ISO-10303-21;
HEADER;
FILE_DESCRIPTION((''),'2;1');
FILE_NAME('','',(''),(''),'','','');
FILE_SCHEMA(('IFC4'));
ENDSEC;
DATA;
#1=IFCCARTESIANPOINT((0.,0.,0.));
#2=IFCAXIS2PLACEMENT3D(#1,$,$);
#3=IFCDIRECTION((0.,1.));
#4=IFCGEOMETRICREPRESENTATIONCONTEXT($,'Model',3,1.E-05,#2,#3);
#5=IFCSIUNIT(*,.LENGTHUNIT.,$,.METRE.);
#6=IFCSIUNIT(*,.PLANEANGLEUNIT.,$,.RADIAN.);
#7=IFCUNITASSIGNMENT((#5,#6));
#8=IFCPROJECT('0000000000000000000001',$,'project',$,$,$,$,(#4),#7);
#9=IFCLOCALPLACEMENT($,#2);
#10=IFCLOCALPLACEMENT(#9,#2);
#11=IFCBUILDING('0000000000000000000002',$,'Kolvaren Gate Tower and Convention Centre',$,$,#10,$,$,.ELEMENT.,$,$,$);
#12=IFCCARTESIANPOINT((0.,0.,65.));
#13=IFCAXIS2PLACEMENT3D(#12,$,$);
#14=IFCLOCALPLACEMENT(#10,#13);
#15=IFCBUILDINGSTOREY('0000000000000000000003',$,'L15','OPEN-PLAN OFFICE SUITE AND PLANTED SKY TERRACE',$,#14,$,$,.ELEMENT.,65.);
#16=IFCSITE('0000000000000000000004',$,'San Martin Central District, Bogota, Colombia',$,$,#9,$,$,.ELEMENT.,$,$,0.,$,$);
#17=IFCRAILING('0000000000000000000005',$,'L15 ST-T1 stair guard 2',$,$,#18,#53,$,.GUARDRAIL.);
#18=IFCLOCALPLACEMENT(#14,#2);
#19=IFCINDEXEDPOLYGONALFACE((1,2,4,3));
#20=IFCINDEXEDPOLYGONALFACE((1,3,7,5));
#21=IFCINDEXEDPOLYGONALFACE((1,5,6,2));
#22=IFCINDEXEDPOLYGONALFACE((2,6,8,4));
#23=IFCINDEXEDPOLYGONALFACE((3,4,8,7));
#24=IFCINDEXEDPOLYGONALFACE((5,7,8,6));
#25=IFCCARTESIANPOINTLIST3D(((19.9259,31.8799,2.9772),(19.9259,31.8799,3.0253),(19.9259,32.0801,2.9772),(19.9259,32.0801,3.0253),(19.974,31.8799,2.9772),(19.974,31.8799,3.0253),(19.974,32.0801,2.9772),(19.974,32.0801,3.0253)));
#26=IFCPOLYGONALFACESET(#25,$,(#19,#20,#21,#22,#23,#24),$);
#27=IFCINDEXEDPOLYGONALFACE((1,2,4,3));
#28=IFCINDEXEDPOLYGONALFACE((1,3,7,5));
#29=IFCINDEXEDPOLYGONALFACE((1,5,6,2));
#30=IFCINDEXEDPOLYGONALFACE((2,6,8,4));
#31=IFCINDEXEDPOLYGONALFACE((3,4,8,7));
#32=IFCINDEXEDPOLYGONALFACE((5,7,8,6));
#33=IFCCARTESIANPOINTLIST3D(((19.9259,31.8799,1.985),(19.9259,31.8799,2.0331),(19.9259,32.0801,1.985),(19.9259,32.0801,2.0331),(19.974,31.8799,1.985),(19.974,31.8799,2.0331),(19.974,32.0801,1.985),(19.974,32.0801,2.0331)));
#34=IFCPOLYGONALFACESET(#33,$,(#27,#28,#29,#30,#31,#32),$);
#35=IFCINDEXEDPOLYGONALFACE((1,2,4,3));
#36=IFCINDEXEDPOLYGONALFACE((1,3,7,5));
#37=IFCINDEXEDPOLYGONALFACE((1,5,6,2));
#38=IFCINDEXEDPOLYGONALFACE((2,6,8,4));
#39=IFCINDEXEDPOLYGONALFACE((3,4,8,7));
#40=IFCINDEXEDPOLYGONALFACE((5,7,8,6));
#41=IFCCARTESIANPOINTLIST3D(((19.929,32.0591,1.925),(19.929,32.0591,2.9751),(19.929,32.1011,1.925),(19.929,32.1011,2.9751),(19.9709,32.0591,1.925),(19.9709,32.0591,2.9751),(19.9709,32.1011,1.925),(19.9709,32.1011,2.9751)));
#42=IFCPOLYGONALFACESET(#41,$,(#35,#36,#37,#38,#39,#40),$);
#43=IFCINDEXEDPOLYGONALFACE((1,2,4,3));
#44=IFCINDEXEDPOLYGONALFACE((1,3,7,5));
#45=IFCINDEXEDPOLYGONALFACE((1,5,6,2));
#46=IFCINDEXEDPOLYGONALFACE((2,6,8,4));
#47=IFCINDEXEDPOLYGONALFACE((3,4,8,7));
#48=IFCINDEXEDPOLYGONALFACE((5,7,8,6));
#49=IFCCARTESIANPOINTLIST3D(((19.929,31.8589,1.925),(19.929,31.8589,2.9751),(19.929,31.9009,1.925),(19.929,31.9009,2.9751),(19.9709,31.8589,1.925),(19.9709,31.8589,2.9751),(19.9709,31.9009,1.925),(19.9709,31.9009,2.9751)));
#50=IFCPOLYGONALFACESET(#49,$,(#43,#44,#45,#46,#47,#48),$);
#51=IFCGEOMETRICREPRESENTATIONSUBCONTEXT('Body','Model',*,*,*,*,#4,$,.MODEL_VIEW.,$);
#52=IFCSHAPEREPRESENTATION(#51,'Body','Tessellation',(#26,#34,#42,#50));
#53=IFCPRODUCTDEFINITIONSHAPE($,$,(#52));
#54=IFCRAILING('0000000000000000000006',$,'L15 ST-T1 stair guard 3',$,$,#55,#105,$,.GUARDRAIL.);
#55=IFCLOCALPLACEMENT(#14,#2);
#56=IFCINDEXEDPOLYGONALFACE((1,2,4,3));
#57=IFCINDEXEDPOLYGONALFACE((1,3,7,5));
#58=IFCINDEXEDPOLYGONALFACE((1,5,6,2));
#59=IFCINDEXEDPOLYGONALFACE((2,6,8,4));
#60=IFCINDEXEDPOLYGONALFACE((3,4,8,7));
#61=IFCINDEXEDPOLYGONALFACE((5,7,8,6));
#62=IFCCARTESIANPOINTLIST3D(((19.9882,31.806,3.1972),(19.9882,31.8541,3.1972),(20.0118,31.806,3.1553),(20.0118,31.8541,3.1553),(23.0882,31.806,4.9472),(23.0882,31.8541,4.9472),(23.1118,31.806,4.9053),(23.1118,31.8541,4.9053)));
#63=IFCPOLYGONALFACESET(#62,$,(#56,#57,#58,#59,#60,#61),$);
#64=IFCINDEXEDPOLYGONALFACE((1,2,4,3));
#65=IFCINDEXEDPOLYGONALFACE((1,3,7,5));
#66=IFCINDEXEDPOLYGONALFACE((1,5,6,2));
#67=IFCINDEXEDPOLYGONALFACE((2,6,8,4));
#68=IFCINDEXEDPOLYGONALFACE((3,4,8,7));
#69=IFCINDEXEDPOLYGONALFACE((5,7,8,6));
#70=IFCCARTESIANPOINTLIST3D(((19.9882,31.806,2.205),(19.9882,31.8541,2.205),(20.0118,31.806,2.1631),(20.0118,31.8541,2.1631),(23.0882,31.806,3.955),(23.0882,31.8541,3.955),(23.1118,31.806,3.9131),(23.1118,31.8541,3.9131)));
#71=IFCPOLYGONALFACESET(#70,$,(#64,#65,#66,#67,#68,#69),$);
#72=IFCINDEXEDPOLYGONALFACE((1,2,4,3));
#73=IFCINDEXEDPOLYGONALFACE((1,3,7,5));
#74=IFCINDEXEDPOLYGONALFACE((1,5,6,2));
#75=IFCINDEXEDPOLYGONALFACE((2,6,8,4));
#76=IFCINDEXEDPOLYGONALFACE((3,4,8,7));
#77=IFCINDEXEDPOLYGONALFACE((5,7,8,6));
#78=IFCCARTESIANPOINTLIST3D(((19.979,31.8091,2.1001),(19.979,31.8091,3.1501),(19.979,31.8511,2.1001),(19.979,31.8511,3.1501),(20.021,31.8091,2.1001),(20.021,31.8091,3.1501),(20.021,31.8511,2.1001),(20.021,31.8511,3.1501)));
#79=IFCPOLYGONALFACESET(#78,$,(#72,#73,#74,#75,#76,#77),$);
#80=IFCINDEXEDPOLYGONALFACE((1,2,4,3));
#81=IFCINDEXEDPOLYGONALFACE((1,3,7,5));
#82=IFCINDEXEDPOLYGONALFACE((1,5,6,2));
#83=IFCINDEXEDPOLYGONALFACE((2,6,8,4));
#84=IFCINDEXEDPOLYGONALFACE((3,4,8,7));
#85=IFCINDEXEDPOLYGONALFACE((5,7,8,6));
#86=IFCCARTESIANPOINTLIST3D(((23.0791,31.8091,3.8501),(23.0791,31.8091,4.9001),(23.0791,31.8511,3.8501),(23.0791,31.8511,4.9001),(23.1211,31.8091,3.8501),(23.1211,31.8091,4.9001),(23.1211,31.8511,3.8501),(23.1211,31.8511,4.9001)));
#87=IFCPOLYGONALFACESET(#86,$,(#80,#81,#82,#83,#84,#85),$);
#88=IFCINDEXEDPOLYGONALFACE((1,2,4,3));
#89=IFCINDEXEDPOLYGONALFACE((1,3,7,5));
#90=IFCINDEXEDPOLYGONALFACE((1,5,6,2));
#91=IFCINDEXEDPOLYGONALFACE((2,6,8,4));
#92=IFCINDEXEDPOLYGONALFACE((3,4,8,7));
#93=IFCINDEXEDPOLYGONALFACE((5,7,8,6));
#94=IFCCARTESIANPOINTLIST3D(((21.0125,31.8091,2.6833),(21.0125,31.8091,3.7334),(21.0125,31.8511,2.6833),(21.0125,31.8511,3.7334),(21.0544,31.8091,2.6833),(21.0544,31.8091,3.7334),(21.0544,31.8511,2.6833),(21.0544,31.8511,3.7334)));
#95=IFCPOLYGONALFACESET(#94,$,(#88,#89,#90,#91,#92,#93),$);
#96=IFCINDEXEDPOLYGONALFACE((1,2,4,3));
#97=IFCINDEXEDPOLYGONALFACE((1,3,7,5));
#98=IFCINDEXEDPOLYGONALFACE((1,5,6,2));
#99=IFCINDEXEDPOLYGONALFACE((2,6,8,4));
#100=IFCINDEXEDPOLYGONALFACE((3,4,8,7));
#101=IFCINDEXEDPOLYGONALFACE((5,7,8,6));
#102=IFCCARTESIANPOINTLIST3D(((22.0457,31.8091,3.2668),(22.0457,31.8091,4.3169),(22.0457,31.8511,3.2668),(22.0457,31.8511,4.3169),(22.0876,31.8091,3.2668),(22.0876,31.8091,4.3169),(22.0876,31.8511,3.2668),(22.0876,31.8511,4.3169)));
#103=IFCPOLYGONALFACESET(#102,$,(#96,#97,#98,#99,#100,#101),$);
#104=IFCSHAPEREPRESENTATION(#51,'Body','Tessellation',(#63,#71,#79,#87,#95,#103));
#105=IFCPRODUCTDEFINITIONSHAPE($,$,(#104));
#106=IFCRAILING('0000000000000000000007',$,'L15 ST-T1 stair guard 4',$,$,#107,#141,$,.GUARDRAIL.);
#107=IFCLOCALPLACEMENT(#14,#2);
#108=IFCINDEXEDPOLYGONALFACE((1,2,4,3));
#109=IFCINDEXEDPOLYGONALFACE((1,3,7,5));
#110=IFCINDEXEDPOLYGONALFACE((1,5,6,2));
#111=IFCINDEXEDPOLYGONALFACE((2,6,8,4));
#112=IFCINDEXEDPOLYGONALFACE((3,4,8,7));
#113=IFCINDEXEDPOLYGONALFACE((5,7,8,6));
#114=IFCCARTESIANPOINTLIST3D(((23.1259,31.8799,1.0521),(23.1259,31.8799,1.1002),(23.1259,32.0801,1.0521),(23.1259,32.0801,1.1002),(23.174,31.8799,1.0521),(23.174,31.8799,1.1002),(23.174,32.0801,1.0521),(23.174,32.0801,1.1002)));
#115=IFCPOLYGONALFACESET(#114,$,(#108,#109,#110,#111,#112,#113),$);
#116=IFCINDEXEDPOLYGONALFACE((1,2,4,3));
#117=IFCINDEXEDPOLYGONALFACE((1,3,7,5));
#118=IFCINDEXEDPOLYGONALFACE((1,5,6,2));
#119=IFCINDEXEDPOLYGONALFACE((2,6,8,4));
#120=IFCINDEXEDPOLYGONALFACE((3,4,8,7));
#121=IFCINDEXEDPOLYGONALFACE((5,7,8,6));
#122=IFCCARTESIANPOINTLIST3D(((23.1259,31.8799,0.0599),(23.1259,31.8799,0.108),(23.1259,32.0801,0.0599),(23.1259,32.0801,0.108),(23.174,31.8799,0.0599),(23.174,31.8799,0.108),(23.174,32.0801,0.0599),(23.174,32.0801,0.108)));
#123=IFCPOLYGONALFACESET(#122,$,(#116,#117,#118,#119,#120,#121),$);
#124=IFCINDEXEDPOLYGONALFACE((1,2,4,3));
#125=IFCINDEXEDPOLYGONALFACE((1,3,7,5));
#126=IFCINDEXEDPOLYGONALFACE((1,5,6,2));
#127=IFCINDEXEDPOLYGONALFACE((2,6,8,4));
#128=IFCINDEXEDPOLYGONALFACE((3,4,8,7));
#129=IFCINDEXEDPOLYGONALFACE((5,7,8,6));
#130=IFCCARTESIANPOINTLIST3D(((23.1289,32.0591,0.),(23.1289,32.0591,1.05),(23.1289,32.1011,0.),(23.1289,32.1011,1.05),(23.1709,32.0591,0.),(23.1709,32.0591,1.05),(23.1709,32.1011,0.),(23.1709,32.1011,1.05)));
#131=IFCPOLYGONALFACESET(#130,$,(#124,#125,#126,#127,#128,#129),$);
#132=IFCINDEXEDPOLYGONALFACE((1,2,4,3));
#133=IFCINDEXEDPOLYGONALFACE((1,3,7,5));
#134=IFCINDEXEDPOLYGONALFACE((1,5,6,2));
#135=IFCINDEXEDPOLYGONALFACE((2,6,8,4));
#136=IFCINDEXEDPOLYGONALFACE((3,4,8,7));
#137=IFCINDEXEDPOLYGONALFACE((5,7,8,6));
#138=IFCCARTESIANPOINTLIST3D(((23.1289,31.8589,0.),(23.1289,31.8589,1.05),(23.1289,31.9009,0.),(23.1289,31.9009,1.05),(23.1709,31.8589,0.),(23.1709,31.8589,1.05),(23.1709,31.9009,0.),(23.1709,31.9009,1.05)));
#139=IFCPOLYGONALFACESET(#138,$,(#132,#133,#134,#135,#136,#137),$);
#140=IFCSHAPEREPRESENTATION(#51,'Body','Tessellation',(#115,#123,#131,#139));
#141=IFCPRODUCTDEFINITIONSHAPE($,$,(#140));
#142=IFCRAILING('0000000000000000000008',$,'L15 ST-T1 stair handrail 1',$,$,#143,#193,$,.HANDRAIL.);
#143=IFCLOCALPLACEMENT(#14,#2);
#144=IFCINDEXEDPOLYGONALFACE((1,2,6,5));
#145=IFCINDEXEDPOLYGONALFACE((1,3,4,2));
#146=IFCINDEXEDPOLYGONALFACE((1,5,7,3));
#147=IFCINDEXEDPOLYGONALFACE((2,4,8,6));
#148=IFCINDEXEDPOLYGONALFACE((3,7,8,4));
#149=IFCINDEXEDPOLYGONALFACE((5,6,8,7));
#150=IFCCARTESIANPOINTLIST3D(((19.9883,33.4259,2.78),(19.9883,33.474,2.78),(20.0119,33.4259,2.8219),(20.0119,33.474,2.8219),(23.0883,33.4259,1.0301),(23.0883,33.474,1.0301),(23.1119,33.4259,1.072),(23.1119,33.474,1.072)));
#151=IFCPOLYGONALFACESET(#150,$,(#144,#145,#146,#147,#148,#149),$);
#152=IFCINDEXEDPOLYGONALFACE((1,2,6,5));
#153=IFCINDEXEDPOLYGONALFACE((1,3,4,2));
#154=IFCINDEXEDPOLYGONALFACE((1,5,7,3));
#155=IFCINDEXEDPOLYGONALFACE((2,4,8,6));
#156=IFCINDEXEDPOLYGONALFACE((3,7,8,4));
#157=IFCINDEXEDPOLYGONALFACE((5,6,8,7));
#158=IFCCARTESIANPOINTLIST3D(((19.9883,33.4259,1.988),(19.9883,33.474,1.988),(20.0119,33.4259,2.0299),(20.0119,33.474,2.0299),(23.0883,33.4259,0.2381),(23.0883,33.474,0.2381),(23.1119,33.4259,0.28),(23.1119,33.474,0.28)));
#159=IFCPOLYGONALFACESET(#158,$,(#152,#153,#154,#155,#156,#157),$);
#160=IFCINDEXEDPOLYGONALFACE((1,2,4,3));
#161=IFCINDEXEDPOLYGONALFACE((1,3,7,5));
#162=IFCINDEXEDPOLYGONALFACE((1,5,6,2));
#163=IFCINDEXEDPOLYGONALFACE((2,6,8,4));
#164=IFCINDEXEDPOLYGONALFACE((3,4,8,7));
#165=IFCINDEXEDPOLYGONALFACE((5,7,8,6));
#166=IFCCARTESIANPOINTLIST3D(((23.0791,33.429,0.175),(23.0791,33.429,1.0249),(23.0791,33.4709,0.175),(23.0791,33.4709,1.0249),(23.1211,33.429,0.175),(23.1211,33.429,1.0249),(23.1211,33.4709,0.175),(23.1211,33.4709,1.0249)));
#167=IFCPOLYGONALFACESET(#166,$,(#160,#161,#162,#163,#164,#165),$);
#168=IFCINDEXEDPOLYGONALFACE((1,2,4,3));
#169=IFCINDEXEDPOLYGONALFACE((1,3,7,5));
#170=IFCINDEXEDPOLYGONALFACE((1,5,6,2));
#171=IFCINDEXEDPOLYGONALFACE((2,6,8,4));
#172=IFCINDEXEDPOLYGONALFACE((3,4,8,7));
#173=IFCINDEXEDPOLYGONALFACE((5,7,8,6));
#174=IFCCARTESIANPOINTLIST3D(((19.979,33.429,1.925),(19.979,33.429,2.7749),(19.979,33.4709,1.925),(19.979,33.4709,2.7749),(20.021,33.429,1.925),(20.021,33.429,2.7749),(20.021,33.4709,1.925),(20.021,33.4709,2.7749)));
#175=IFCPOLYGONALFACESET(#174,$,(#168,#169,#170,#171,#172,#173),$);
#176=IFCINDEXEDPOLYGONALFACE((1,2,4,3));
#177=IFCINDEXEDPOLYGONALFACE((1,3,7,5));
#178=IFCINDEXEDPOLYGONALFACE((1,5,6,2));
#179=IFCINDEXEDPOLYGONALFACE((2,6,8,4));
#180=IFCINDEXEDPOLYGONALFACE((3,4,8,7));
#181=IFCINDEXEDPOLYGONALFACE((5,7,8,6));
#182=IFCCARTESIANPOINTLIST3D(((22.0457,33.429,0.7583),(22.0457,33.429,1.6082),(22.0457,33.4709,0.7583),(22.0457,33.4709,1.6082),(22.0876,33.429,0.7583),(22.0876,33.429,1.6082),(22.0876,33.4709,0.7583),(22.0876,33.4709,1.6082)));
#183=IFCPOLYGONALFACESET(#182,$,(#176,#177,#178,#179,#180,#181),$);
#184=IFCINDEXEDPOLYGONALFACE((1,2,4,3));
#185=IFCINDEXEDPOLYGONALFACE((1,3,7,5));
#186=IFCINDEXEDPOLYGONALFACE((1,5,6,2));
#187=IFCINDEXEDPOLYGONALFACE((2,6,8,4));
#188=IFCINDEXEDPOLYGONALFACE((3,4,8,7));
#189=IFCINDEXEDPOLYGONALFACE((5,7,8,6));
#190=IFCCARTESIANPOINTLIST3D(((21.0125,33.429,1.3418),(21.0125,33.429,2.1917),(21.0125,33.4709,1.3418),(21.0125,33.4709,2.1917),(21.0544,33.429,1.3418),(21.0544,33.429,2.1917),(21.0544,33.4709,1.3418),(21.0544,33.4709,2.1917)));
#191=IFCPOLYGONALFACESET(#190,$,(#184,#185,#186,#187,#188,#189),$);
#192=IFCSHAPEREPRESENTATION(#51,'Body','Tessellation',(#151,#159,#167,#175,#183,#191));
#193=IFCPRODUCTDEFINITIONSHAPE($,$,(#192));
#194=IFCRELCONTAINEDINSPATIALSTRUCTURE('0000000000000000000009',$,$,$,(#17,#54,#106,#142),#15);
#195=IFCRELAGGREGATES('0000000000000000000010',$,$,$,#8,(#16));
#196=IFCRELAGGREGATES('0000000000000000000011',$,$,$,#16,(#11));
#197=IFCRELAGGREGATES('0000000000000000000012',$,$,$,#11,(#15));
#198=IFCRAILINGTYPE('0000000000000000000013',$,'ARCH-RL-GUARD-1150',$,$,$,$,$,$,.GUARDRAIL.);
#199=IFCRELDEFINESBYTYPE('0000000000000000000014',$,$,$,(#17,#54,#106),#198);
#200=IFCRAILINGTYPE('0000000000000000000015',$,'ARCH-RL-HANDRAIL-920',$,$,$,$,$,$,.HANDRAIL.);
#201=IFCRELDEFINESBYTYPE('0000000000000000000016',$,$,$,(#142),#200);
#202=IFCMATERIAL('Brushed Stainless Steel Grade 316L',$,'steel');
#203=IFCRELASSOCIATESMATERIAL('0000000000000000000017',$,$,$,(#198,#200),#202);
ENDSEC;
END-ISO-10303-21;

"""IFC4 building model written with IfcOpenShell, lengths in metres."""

from ifc_helpers import new_model, si_unit, direction, frame, origin, origin_2d, place, context, subcontext, project, spatial, rectangle, extrude, material, type_object, element, save


model = new_model("IFC4")

# Units and contexts
model_context = context("Model", 3, precision=1e-05, world=origin(), true_north=direction((0.0, 1.0)))
body_context = subcontext(model_context, "Body", "Model", "MODEL_VIEW")
ifc_project = project(units=[si_unit("LENGTHUNIT", "METRE"), si_unit("PLANEANGLEUNIT", "RADIAN")], contexts=[model_context])

# Site, building, storey
site_placement = place(None, origin())
site = spatial("IfcSite", under=ifc_project, at=site_placement, Name="San Martin Central District, Bogota, Colombia", CompositionType="ELEMENT", RefElevation=0.0)
building_placement = place(site_placement, origin())
building = spatial("IfcBuilding", under=site, at=building_placement, Name="Kolvaren Gate Tower and Convention Centre", CompositionType="ELEMENT")
storey_placement = place(building_placement, frame((0.0, 0.0, 65.0)))
storey = spatial("IfcBuildingStorey", under=building, at=storey_placement, Name="L15", Description="OPEN-PLAN OFFICE SUITE AND PLANTED SKY TERRACE", CompositionType="ELEMENT", Elevation=65.0)

# Shared definitions
ifc_material_1 = material(Name="Brushed Stainless Steel Grade 316L", Category="steel")

# Railings
railing_type_1 = type_object("IfcRailingType", Name="ARCH-RL-GUARD-1150", PredefinedType="GUARDRAIL", material=ifc_material_1)
railing_1_placement = place(storey_placement, frame((19.95, 32.0801, 1.925)))
element("IfcRailing", 1, at=railing_1_placement, inside=storey, type_object=railing_type_1, Name="L15 ST-T1 stair guard 2", PredefinedType="GUARDRAIL", context=body_context, shape_type="SweptSolid", body=[
    extrude(rectangle(XDim=0.0481, YDim=0.0481, at=origin_2d()), frame((0.0, 0.0, 1.0762), z_axis=(0.0, -1.0, 0.0), x_axis=(1.0, 0.0, 0.0)), (0.0, 0.0, 1.0), 0.2002),
    extrude(rectangle(XDim=0.0481, YDim=0.0481, at=origin_2d()), frame((0.0, 0.0, 0.084), z_axis=(0.0, -1.0, 0.0), x_axis=(1.0, 0.0, 0.0)), (0.0, 0.0, 1.0), 0.2002),
    extrude(rectangle(XDim=0.042, YDim=0.042, at=origin_2d()), origin(), (0.0, 0.0, 1.0), 1.05),
    extrude(rectangle(XDim=0.042, YDim=0.042, at=origin_2d()), frame((0.0, -0.2002, 0.0)), (0.0, 0.0, 1.0), 1.05),
])
railing_2_placement = place(storey_placement, frame((20.0, 31.8301, 2.1001)))
element("IfcRailing", 2, at=railing_2_placement, inside=storey, type_object=railing_type_1, Name="L15 ST-T1 stair guard 3", PredefinedType="GUARDRAIL", context=body_context, shape_type="SweptSolid", body=[
    extrude(rectangle(XDim=0.0481, YDim=0.0481, at=origin_2d()), frame((0.0, 0.0, 1.0762), z_axis=(0.870831, 0.0, 0.491583), x_axis=(0.0, 1.0, 0.0)), (0.0, 0.0, 1.0), 3.5598),
    extrude(rectangle(XDim=0.0481, YDim=0.0481, at=origin_2d()), frame((0.0, 0.0, 0.084), z_axis=(0.870831, 0.0, 0.491583), x_axis=(0.0, 1.0, 0.0)), (0.0, 0.0, 1.0), 3.5598),
    extrude(rectangle(XDim=0.042, YDim=0.042, at=origin_2d()), origin(), (0.0, 0.0, 1.0), 1.05),
    extrude(rectangle(XDim=0.042, YDim=0.042, at=origin_2d()), frame((3.1001, 0.0, 1.75)), (0.0, 0.0, 1.0), 1.05),
    extrude(rectangle(XDim=0.042, YDim=0.042, at=origin_2d()), frame((1.0334, 0.0, 0.5833)), (0.0, 0.0, 1.0), 1.05),
    extrude(rectangle(XDim=0.042, YDim=0.042, at=origin_2d()), frame((2.0667, 0.0, 1.1667)), (0.0, 0.0, 1.0), 1.05),
])
railing_3_placement = place(storey_placement, frame((23.1499, 32.0801, 0.0)))
element("IfcRailing", 3, at=railing_3_placement, inside=storey, type_object=railing_type_1, Name="L15 ST-T1 stair guard 4", PredefinedType="GUARDRAIL", context=body_context, shape_type="SweptSolid", body=[
    extrude(rectangle(XDim=0.0481, YDim=0.0481, at=origin_2d()), frame((0.0, 0.0, 1.0762), z_axis=(0.0, -1.0, 0.0), x_axis=(1.0, 0.0, 0.0)), (0.0, 0.0, 1.0), 0.2002),
    extrude(rectangle(XDim=0.0481, YDim=0.0481, at=origin_2d()), frame((0.0, 0.0, 0.084), z_axis=(0.0, -1.0, 0.0), x_axis=(1.0, 0.0, 0.0)), (0.0, 0.0, 1.0), 0.2002),
    extrude(rectangle(XDim=0.042, YDim=0.042, at=origin_2d()), origin(), (0.0, 0.0, 1.0), 1.05),
    extrude(rectangle(XDim=0.042, YDim=0.042, at=origin_2d()), frame((0.0, -0.2002, 0.0)), (0.0, 0.0, 1.0), 1.05),
])
railing_type_2 = type_object("IfcRailingType", Name="ARCH-RL-HANDRAIL-920", PredefinedType="HANDRAIL", material=ifc_material_1)
railing_4_placement = place(storey_placement, frame((23.1001, 33.45, 0.175)))
element("IfcRailing", 4, at=railing_4_placement, inside=storey, type_object=railing_type_2, Name="L15 ST-T1 stair handrail 1", PredefinedType="HANDRAIL", context=body_context, shape_type="SweptSolid", body=[
    extrude(rectangle(XDim=0.0481, YDim=0.0481, at=origin_2d()), frame((0.0, 0.0, 0.876), z_axis=(-0.870831, 0.0, 0.491583), x_axis=(0.0, -1.0, 0.0)), (0.0, 0.0, 1.0), 3.5598),
    extrude(rectangle(XDim=0.0481, YDim=0.0481, at=origin_2d()), frame((0.0, 0.0, 0.084), z_axis=(-0.870831, 0.0, 0.491583), x_axis=(0.0, -1.0, 0.0)), (0.0, 0.0, 1.0), 3.5598),
    extrude(rectangle(XDim=0.042, YDim=0.042, at=origin_2d()), origin(), (0.0, 0.0, 1.0), 0.8499),
    extrude(rectangle(XDim=0.042, YDim=0.042, at=origin_2d()), frame((-3.1001, 0.0, 1.75)), (0.0, 0.0, 1.0), 0.8499),
    extrude(rectangle(XDim=0.042, YDim=0.042, at=origin_2d()), frame((-1.0334, 0.0, 0.5833)), (0.0, 0.0, 1.0), 0.8499),
    extrude(rectangle(XDim=0.042, YDim=0.042, at=origin_2d()), frame((-2.0667, 0.0, 1.1667)), (0.0, 0.0, 1.0), 0.8499),
])

save(model, "model.ifc")
